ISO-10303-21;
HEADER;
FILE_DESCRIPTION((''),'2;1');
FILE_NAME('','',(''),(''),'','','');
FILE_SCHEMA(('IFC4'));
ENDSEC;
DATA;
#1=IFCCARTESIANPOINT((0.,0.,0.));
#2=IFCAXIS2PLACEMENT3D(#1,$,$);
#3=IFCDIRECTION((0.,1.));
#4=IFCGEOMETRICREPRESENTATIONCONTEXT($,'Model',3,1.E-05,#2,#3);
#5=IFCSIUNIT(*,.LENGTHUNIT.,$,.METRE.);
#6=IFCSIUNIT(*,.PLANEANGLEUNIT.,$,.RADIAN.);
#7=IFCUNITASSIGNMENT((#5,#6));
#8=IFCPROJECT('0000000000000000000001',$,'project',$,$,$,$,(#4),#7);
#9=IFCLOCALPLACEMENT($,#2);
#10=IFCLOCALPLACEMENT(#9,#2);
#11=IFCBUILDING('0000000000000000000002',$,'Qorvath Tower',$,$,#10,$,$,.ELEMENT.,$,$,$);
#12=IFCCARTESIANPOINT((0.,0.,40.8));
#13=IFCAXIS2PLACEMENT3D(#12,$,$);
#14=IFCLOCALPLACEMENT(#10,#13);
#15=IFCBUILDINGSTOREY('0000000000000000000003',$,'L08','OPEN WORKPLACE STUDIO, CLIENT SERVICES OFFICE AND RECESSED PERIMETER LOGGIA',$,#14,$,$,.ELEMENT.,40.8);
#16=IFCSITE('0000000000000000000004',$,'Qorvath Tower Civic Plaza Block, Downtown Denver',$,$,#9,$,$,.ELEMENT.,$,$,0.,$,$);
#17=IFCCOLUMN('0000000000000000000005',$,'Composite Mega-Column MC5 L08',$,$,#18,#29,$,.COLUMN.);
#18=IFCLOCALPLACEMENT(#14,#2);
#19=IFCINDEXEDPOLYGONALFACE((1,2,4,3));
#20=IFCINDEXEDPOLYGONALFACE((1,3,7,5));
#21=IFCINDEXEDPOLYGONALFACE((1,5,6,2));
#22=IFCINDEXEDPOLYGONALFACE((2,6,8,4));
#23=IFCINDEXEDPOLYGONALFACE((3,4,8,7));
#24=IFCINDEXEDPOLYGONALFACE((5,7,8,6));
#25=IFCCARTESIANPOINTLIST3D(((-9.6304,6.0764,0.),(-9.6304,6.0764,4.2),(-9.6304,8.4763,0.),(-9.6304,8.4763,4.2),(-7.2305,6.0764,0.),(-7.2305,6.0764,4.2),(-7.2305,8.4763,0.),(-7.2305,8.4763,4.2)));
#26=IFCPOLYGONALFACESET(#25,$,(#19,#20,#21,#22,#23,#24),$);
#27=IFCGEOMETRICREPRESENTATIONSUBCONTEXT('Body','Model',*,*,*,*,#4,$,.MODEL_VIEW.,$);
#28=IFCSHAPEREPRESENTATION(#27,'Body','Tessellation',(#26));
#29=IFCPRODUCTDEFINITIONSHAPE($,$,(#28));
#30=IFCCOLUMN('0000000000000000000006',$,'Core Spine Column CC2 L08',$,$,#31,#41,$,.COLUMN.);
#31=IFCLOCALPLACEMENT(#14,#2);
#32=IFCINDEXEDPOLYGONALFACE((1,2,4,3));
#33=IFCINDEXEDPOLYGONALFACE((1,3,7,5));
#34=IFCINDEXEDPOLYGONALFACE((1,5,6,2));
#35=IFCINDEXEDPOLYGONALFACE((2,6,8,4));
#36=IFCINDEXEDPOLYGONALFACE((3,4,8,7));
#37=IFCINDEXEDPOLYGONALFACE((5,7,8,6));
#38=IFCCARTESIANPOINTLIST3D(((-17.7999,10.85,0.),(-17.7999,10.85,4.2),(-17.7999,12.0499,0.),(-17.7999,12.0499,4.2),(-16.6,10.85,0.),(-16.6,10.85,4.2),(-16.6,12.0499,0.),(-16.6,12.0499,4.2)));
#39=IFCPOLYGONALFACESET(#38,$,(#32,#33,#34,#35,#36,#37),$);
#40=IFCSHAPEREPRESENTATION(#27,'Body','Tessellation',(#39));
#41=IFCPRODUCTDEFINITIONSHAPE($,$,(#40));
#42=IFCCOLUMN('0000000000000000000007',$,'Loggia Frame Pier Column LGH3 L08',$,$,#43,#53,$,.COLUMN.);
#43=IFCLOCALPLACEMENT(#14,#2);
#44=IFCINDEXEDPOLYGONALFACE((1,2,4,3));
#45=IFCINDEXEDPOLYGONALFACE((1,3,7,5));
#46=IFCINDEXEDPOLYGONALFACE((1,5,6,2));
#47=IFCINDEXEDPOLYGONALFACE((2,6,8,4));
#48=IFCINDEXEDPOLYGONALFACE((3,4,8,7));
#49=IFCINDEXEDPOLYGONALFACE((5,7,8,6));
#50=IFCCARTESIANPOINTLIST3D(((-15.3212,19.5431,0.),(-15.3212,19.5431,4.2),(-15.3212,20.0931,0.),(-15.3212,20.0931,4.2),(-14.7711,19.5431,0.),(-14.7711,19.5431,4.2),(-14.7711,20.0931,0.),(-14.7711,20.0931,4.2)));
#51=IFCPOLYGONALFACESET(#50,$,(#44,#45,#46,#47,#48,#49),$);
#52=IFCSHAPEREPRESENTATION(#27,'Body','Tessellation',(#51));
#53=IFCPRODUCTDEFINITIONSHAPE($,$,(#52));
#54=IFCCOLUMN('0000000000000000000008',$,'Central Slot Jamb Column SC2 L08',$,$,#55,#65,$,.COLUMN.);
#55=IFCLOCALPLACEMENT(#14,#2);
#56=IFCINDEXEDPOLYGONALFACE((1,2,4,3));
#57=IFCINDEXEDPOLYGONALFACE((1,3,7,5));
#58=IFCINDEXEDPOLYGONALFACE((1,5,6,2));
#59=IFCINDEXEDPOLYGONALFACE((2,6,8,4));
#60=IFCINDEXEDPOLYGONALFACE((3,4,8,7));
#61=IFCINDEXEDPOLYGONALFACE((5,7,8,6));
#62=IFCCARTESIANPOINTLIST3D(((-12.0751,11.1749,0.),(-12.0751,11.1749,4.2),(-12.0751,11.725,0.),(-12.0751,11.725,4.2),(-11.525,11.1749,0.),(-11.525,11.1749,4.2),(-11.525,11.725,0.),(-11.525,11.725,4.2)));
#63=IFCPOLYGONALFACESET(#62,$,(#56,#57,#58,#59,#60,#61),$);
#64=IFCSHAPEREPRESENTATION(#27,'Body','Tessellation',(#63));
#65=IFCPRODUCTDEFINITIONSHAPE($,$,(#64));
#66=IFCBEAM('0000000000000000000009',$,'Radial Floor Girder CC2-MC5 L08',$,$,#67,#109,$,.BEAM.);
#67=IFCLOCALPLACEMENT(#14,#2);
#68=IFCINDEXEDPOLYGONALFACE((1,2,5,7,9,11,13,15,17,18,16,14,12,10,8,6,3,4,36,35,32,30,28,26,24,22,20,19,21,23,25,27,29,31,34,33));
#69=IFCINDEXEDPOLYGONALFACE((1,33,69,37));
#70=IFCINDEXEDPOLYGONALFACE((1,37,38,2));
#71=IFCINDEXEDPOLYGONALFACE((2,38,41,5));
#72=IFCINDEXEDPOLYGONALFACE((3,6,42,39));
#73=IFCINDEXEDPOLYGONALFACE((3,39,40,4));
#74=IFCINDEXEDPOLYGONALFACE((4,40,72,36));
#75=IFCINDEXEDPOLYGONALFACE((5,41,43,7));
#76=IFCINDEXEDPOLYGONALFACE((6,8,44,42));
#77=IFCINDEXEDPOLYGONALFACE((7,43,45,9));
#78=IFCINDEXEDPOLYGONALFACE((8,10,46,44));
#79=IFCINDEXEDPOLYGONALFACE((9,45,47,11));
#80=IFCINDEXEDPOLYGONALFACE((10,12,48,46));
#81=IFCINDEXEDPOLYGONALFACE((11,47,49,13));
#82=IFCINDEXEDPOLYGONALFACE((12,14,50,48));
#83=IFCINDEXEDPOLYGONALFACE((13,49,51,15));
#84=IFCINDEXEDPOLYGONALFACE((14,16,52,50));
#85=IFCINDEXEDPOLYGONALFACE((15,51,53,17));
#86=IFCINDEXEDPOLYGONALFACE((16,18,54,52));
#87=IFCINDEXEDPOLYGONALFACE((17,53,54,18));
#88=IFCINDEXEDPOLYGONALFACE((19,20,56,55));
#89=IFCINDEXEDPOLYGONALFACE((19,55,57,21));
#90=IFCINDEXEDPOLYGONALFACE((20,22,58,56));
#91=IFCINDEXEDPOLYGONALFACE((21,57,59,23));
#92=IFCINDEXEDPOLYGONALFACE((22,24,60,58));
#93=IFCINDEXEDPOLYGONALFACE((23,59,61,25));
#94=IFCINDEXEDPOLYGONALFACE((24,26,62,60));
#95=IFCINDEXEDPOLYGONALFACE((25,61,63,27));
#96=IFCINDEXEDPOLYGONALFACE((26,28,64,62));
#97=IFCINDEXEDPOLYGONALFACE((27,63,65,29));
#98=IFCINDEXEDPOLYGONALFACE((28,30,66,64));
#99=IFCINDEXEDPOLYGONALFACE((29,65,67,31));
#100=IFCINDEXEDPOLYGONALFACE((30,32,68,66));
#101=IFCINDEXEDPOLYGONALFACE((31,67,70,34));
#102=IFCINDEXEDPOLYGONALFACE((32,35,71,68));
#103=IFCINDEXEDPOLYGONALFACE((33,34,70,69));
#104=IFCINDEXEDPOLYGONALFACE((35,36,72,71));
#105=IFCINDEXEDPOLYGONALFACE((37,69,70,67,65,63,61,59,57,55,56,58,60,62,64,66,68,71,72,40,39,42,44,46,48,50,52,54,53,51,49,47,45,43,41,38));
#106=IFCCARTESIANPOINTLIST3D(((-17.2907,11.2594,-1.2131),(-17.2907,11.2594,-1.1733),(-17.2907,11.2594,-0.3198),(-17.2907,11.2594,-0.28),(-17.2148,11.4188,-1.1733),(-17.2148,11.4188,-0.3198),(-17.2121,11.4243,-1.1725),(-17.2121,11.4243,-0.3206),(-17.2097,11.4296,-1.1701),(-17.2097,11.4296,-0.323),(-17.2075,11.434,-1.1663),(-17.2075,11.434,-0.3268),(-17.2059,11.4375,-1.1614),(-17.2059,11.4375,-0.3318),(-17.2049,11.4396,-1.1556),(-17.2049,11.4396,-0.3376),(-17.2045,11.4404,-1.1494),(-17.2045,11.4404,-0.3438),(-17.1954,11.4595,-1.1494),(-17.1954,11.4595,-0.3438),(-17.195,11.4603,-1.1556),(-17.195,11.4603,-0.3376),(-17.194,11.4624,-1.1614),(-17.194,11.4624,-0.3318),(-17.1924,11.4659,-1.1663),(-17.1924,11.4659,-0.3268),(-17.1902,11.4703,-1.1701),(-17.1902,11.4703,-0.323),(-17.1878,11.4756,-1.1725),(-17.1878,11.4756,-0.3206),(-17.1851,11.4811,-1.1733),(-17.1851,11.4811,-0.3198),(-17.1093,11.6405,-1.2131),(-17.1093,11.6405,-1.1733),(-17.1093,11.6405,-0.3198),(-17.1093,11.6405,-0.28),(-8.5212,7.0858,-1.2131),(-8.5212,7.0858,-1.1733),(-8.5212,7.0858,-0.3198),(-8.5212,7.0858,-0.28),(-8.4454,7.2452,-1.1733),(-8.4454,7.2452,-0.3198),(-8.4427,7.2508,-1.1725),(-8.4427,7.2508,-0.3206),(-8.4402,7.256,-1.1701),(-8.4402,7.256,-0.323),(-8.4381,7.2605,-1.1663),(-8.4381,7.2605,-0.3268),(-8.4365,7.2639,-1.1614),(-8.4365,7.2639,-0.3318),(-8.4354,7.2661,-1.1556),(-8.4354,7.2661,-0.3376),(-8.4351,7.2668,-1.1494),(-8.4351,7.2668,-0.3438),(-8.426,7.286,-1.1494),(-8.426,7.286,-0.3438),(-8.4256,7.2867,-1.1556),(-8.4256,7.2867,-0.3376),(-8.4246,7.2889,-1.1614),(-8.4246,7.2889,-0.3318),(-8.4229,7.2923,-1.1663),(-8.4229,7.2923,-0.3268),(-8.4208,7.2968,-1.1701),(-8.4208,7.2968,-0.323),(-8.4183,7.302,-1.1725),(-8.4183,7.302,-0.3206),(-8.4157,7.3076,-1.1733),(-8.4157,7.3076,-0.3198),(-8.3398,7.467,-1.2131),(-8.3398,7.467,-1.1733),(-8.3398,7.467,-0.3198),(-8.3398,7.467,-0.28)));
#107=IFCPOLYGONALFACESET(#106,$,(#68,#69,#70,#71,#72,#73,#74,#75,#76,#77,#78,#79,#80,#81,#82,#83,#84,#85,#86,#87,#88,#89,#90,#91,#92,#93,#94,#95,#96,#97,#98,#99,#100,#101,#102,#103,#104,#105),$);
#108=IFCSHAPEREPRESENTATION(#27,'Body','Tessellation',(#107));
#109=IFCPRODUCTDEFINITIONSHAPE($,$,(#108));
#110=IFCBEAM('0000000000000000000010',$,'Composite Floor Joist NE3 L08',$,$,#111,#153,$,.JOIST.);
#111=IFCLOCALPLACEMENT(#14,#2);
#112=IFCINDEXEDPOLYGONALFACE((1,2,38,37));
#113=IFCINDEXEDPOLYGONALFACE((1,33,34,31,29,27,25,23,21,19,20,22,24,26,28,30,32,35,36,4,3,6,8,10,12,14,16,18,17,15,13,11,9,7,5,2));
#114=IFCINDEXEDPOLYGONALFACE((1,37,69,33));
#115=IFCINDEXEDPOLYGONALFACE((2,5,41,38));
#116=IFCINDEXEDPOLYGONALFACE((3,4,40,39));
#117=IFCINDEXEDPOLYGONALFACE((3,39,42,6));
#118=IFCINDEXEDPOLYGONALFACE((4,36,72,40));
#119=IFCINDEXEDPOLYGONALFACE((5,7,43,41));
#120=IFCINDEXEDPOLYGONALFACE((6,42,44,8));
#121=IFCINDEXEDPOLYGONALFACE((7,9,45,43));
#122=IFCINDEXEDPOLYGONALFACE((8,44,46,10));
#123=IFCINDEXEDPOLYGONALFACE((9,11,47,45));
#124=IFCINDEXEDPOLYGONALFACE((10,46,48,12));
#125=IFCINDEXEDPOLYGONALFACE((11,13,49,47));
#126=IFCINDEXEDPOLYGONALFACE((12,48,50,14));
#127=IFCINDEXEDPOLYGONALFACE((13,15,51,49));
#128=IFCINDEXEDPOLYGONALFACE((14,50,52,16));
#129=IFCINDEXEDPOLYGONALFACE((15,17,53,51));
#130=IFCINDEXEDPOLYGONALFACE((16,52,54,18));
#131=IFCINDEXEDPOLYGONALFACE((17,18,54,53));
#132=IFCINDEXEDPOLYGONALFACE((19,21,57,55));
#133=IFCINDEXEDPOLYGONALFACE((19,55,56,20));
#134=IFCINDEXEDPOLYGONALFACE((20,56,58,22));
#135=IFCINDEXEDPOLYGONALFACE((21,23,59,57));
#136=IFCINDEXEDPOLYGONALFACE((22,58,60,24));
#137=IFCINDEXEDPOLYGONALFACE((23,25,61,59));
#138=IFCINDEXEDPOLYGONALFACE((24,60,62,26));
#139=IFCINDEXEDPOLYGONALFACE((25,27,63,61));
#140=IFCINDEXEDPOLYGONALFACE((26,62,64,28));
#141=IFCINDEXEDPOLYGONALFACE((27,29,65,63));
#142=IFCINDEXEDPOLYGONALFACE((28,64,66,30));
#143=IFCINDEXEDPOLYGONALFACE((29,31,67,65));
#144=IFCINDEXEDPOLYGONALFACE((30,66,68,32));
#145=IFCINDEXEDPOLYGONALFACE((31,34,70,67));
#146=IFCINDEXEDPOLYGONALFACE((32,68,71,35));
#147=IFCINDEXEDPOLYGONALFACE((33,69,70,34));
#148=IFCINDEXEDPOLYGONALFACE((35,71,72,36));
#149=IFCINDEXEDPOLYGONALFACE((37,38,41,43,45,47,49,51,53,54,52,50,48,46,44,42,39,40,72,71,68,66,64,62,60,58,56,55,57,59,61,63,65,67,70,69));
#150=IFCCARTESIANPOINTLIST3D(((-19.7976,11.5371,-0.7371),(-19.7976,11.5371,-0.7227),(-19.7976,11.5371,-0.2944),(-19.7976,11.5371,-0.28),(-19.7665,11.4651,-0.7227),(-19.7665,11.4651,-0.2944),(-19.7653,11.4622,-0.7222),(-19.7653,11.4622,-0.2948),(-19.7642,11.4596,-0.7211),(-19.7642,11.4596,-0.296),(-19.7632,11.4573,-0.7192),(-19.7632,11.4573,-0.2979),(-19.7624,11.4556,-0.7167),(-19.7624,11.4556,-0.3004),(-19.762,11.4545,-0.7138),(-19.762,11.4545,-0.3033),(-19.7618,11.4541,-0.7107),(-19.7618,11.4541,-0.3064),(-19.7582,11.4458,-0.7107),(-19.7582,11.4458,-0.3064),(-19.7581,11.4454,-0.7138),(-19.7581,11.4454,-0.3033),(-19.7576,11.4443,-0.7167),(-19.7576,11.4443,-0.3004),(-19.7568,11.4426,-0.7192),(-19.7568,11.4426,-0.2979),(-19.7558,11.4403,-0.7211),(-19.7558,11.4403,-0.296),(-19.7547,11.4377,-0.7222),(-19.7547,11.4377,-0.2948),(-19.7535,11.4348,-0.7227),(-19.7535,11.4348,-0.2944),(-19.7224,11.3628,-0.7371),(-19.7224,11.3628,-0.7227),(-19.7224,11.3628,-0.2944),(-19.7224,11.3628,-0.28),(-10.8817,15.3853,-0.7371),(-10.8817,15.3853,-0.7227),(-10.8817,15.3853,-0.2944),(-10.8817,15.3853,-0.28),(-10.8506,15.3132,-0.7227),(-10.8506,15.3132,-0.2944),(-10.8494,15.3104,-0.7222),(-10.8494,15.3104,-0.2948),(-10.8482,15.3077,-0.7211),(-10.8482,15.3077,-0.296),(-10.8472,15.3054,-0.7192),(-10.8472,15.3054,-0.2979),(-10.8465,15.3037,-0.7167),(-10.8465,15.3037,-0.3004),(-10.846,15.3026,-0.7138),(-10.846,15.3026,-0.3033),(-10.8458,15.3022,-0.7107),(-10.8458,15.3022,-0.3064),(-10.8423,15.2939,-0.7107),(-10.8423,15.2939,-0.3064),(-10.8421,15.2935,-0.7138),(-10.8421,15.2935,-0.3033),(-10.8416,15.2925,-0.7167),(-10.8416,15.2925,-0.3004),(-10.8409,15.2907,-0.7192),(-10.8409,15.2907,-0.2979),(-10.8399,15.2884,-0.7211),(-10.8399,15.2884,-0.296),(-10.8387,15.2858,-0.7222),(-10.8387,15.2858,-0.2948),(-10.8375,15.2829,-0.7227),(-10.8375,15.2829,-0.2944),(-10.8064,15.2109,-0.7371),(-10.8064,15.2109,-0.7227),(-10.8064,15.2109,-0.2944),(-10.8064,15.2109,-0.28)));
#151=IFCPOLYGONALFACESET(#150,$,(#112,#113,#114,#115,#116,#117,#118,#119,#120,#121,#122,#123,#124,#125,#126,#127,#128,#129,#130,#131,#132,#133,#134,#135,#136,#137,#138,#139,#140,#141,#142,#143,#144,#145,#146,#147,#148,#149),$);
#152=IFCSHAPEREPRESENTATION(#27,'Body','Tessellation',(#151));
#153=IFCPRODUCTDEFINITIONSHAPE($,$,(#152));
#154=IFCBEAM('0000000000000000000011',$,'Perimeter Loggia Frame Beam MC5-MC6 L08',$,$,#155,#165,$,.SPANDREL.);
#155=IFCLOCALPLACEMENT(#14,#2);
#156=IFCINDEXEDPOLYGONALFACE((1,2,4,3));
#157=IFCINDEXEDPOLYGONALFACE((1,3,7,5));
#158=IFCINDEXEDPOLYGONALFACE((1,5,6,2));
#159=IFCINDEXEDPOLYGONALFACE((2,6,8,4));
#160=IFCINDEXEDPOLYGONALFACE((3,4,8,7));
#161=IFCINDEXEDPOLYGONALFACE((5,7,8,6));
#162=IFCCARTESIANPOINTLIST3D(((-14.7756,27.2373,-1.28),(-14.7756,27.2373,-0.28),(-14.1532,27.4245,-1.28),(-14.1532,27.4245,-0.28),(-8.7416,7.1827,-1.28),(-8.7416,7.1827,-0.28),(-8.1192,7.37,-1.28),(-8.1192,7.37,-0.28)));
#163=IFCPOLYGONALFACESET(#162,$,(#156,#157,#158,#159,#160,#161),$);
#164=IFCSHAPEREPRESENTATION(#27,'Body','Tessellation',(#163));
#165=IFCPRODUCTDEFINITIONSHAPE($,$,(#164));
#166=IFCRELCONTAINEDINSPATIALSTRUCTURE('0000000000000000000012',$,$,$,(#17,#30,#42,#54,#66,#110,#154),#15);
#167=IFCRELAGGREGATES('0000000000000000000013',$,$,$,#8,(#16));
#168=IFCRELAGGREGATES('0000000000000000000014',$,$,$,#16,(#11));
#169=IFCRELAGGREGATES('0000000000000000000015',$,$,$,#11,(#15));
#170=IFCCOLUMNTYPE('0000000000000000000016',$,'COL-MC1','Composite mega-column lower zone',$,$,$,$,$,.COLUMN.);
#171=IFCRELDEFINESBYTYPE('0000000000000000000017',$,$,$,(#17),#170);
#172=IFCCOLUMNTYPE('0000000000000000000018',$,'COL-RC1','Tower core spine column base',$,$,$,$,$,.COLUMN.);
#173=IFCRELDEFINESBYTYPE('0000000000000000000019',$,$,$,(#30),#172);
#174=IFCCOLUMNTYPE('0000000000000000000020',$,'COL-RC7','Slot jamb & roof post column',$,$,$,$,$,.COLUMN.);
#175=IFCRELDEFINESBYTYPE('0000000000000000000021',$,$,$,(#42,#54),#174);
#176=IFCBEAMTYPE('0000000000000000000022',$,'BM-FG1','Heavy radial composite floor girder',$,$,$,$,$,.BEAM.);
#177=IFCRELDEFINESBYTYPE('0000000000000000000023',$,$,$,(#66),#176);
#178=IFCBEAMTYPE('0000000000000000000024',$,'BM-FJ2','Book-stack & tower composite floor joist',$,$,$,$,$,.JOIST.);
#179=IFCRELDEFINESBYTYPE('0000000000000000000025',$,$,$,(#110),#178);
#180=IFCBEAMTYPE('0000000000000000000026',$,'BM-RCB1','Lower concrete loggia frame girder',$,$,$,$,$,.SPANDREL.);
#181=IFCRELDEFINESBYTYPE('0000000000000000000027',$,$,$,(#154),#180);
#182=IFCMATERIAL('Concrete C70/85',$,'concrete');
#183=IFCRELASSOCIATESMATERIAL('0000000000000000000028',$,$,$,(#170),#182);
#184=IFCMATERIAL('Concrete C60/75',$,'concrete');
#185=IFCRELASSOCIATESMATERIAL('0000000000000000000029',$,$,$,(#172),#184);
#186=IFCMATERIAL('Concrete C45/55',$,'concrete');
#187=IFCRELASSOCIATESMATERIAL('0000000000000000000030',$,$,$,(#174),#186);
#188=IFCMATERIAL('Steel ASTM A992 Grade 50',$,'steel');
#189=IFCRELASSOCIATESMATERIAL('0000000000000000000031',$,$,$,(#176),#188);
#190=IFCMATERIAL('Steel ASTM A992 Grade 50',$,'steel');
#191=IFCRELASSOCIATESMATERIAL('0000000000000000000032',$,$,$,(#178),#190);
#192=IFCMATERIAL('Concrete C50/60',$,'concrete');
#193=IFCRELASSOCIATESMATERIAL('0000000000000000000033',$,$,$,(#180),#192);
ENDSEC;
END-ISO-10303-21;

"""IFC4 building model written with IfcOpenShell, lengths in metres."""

from ifc_helpers import new_model, si_unit, direction, frame, origin, origin_2d, place, context, subcontext, project, spatial, rectangle, i_section, extrude, material, material_profile, profile_set, type_object, element, save


model = new_model("IFC4")

# Units and contexts
model_context = context("Model", 3, precision=1e-05, world=origin(), true_north=direction((0.0, 1.0)))
body_context = subcontext(model_context, "Body", "Model", "MODEL_VIEW")
ifc_project = project(units=[si_unit("LENGTHUNIT", "METRE"), si_unit("PLANEANGLEUNIT", "RADIAN")], contexts=[model_context])

# Site, building, storey
site_placement = place(None, origin())
site = spatial("IfcSite", under=ifc_project, at=site_placement, Name="Qorvath Tower Civic Plaza Block, Downtown Denver", CompositionType="ELEMENT", RefElevation=0.0)
building_placement = place(site_placement, origin())
building = spatial("IfcBuilding", under=site, at=building_placement, Name="Qorvath Tower", CompositionType="ELEMENT")
storey_placement = place(building_placement, frame((0.0, 0.0, 40.8)))
storey = spatial("IfcBuildingStorey", under=building, at=storey_placement, Name="L08", Description="OPEN WORKPLACE STUDIO, CLIENT SERVICES OFFICE AND RECESSED PERIMETER LOGGIA", CompositionType="ELEMENT", Elevation=40.8)

# Columns
ifc_material_1 = material(Name="Concrete C70/85", Category="concrete")
ifc_material_profile_1 = material_profile(ifc_material_1, rectangle(XDim=2.3999, YDim=2.3999, at=origin_2d()), Name="MC 2400x2400")
ifc_profile_set_1 = profile_set([ifc_material_profile_1], Name="Concrete C70/85")
column_type_1 = type_object("IfcColumnType", Name="COL-MC1", Description="Composite mega-column lower zone", PredefinedType="COLUMN", material=ifc_profile_set_1)
column_1_placement = place(storey_placement, frame((-8.4304, 7.2764, 0.0), z_axis=(0.0, 0.0, 1.0), x_axis=(1.0, 0.0, 0.0)))
element("IfcColumn", 1, at=column_1_placement, inside=storey, type_object=column_type_1, Name="Composite Mega-Column MC5 L08", PredefinedType="COLUMN", context=body_context, shape_type="SweptSolid", body=[
    extrude(rectangle(XDim=2.3999, YDim=2.3999, at=origin_2d()), origin(), (0.0, 0.0, 1.0), 4.2),
])
ifc_material_2 = material(Name="Concrete C60/75", Category="concrete")
ifc_material_profile_2 = material_profile(ifc_material_2, rectangle(XDim=1.2, YDim=1.2, at=origin_2d()), Name="RC 1200x1200")
ifc_profile_set_2 = profile_set([ifc_material_profile_2], Name="Concrete C60/75")
column_type_2 = type_object("IfcColumnType", Name="COL-RC1", Description="Tower core spine column base", PredefinedType="COLUMN", material=ifc_profile_set_2)
column_2_placement = place(storey_placement, frame((-17.2, 11.45, 0.0), z_axis=(0.0, 0.0, 1.0), x_axis=(1.0, 0.0, 0.0)))
element("IfcColumn", 2, at=column_2_placement, inside=storey, type_object=column_type_2, Name="Core Spine Column CC2 L08", PredefinedType="COLUMN", context=body_context, shape_type="SweptSolid", body=[
    extrude(rectangle(XDim=1.2, YDim=1.2, at=origin_2d()), origin(), (0.0, 0.0, 1.0), 4.2),
])
ifc_material_3 = material(Name="Concrete C45/55", Category="concrete")
ifc_material_profile_3 = material_profile(ifc_material_3, rectangle(XDim=0.55, YDim=0.55, at=origin_2d()), Name="RC 550x550")
ifc_profile_set_3 = profile_set([ifc_material_profile_3], Name="Concrete C45/55")
column_type_3 = type_object("IfcColumnType", Name="COL-RC7", Description="Slot jamb & roof post column", PredefinedType="COLUMN", material=ifc_profile_set_3)
for number, where, z_axis, x_axis, name in (
    (3, (-15.0461, 19.8181, 0.0), (0.0, 0.0, 1.0), (1.0, 0.0, 0.0), "Loggia Frame Pier Column LGH3 L08"),
    (4, (-11.8, 11.45, 0.0), (0.0, 0.0, 1.0), (1.0, 0.0, 0.0), "Central Slot Jamb Column SC2 L08"),
):
    element("IfcColumn", number, at=place(storey_placement, frame(where, z_axis=z_axis, x_axis=x_axis)), inside=storey, type_object=column_type_3, Name=name, PredefinedType="COLUMN", context=body_context, shape_type="SweptSolid", body=[
        extrude(rectangle(XDim=0.55, YDim=0.55, at=origin_2d()), origin(), (0.0, 0.0, 1.0), 4.2),
    ])

# Beams
ifc_material_4 = material(Name="Steel ASTM A992 Grade 50", Category="steel")
ifc_material_profile_4 = material_profile(ifc_material_4, i_section(OverallWidth=0.4221, OverallDepth=0.9331, WebThickness=0.0212, FlangeThickness=0.0398, FilletRadius=0.0239, at=origin_2d()), Name="W36x262")
ifc_profile_set_4 = profile_set([ifc_material_profile_4], Name="Steel ASTM A992 Grade 50")
beam_type_1 = type_object("IfcBeamType", Name="BM-FG1", Description="Heavy radial composite floor girder", PredefinedType="BEAM", material=ifc_profile_set_4)
beam_1_placement = place(storey_placement, frame((-17.2, 11.45, -0.7466), z_axis=(0.902956, -0.429734, 0.0), x_axis=(0.429734, 0.902956, 0.0)))
element("IfcBeam", 5, at=beam_1_placement, inside=storey, type_object=beam_type_1, Name="Radial Floor Girder CC2-MC5 L08", PredefinedType="BEAM", context=body_context, shape_type="SweptSolid", body=[
    extrude(i_section(OverallWidth=0.4221, OverallDepth=0.9331, WebThickness=0.0212, FlangeThickness=0.0398, FilletRadius=0.0239, at=origin_2d()), origin(), (0.0, 0.0, 1.0), 9.7119),
])
ifc_material_5 = material(Name="Steel ASTM A992 Grade 50", Category="steel")
ifc_material_profile_5 = material_profile(ifc_material_5, i_section(OverallWidth=0.1899, OverallDepth=0.457, WebThickness=0.009, FlangeThickness=0.0144, FilletRadius=0.012, at=origin_2d()), Name="W18x50")
ifc_profile_set_5 = profile_set([ifc_material_profile_5], Name="Steel ASTM A992 Grade 50")
beam_type_2 = type_object("IfcBeamType", Name="BM-FJ2", Description="Book-stack & tower composite floor joist", PredefinedType="JOIST", material=ifc_profile_set_5)
beam_2_placement = place(storey_placement, frame((-19.76, 11.45, -0.5085), z_axis=(0.918136, 0.396266, 0.0), x_axis=(-0.396266, 0.918136, 0.0)))
element("IfcBeam", 6, at=beam_2_placement, inside=storey, type_object=beam_type_2, Name="Composite Floor Joist NE3 L08", PredefinedType="JOIST", context=body_context, shape_type="SweptSolid", body=[
    extrude(i_section(OverallWidth=0.1899, OverallDepth=0.457, WebThickness=0.009, FlangeThickness=0.0144, FilletRadius=0.012, at=origin_2d()), origin(), (0.0, 0.0, 1.0), 9.7109),
])
ifc_material_6 = material(Name="Concrete C50/60", Category="concrete")
ifc_material_profile_6 = material_profile(ifc_material_6, rectangle(XDim=0.6499, YDim=1.0, at=origin_2d()), Name="RCB 1000x650")
ifc_profile_set_6 = profile_set([ifc_material_profile_6], Name="Concrete C50/60")
beam_type_3 = type_object("IfcBeamType", Name="BM-RCB1", Description="Lower concrete loggia frame girder", PredefinedType="SPANDREL", material=ifc_profile_set_6)
beam_3_placement = place(storey_placement, frame((-8.4304, 7.2764, -0.78), z_axis=(-0.288119, 0.957595, 0.0), x_axis=(-0.957595, -0.288119, 0.0)))
element("IfcBeam", 7, at=beam_3_placement, inside=storey, type_object=beam_type_3, Name="Perimeter Loggia Frame Beam MC5-MC6 L08", PredefinedType="SPANDREL", context=body_context, shape_type="SweptSolid", body=[
    extrude(rectangle(XDim=0.6499, YDim=1.0, at=origin_2d()), origin(), (0.0, 0.0, 1.0), 20.9426),
])

save(model, "model.ifc")
